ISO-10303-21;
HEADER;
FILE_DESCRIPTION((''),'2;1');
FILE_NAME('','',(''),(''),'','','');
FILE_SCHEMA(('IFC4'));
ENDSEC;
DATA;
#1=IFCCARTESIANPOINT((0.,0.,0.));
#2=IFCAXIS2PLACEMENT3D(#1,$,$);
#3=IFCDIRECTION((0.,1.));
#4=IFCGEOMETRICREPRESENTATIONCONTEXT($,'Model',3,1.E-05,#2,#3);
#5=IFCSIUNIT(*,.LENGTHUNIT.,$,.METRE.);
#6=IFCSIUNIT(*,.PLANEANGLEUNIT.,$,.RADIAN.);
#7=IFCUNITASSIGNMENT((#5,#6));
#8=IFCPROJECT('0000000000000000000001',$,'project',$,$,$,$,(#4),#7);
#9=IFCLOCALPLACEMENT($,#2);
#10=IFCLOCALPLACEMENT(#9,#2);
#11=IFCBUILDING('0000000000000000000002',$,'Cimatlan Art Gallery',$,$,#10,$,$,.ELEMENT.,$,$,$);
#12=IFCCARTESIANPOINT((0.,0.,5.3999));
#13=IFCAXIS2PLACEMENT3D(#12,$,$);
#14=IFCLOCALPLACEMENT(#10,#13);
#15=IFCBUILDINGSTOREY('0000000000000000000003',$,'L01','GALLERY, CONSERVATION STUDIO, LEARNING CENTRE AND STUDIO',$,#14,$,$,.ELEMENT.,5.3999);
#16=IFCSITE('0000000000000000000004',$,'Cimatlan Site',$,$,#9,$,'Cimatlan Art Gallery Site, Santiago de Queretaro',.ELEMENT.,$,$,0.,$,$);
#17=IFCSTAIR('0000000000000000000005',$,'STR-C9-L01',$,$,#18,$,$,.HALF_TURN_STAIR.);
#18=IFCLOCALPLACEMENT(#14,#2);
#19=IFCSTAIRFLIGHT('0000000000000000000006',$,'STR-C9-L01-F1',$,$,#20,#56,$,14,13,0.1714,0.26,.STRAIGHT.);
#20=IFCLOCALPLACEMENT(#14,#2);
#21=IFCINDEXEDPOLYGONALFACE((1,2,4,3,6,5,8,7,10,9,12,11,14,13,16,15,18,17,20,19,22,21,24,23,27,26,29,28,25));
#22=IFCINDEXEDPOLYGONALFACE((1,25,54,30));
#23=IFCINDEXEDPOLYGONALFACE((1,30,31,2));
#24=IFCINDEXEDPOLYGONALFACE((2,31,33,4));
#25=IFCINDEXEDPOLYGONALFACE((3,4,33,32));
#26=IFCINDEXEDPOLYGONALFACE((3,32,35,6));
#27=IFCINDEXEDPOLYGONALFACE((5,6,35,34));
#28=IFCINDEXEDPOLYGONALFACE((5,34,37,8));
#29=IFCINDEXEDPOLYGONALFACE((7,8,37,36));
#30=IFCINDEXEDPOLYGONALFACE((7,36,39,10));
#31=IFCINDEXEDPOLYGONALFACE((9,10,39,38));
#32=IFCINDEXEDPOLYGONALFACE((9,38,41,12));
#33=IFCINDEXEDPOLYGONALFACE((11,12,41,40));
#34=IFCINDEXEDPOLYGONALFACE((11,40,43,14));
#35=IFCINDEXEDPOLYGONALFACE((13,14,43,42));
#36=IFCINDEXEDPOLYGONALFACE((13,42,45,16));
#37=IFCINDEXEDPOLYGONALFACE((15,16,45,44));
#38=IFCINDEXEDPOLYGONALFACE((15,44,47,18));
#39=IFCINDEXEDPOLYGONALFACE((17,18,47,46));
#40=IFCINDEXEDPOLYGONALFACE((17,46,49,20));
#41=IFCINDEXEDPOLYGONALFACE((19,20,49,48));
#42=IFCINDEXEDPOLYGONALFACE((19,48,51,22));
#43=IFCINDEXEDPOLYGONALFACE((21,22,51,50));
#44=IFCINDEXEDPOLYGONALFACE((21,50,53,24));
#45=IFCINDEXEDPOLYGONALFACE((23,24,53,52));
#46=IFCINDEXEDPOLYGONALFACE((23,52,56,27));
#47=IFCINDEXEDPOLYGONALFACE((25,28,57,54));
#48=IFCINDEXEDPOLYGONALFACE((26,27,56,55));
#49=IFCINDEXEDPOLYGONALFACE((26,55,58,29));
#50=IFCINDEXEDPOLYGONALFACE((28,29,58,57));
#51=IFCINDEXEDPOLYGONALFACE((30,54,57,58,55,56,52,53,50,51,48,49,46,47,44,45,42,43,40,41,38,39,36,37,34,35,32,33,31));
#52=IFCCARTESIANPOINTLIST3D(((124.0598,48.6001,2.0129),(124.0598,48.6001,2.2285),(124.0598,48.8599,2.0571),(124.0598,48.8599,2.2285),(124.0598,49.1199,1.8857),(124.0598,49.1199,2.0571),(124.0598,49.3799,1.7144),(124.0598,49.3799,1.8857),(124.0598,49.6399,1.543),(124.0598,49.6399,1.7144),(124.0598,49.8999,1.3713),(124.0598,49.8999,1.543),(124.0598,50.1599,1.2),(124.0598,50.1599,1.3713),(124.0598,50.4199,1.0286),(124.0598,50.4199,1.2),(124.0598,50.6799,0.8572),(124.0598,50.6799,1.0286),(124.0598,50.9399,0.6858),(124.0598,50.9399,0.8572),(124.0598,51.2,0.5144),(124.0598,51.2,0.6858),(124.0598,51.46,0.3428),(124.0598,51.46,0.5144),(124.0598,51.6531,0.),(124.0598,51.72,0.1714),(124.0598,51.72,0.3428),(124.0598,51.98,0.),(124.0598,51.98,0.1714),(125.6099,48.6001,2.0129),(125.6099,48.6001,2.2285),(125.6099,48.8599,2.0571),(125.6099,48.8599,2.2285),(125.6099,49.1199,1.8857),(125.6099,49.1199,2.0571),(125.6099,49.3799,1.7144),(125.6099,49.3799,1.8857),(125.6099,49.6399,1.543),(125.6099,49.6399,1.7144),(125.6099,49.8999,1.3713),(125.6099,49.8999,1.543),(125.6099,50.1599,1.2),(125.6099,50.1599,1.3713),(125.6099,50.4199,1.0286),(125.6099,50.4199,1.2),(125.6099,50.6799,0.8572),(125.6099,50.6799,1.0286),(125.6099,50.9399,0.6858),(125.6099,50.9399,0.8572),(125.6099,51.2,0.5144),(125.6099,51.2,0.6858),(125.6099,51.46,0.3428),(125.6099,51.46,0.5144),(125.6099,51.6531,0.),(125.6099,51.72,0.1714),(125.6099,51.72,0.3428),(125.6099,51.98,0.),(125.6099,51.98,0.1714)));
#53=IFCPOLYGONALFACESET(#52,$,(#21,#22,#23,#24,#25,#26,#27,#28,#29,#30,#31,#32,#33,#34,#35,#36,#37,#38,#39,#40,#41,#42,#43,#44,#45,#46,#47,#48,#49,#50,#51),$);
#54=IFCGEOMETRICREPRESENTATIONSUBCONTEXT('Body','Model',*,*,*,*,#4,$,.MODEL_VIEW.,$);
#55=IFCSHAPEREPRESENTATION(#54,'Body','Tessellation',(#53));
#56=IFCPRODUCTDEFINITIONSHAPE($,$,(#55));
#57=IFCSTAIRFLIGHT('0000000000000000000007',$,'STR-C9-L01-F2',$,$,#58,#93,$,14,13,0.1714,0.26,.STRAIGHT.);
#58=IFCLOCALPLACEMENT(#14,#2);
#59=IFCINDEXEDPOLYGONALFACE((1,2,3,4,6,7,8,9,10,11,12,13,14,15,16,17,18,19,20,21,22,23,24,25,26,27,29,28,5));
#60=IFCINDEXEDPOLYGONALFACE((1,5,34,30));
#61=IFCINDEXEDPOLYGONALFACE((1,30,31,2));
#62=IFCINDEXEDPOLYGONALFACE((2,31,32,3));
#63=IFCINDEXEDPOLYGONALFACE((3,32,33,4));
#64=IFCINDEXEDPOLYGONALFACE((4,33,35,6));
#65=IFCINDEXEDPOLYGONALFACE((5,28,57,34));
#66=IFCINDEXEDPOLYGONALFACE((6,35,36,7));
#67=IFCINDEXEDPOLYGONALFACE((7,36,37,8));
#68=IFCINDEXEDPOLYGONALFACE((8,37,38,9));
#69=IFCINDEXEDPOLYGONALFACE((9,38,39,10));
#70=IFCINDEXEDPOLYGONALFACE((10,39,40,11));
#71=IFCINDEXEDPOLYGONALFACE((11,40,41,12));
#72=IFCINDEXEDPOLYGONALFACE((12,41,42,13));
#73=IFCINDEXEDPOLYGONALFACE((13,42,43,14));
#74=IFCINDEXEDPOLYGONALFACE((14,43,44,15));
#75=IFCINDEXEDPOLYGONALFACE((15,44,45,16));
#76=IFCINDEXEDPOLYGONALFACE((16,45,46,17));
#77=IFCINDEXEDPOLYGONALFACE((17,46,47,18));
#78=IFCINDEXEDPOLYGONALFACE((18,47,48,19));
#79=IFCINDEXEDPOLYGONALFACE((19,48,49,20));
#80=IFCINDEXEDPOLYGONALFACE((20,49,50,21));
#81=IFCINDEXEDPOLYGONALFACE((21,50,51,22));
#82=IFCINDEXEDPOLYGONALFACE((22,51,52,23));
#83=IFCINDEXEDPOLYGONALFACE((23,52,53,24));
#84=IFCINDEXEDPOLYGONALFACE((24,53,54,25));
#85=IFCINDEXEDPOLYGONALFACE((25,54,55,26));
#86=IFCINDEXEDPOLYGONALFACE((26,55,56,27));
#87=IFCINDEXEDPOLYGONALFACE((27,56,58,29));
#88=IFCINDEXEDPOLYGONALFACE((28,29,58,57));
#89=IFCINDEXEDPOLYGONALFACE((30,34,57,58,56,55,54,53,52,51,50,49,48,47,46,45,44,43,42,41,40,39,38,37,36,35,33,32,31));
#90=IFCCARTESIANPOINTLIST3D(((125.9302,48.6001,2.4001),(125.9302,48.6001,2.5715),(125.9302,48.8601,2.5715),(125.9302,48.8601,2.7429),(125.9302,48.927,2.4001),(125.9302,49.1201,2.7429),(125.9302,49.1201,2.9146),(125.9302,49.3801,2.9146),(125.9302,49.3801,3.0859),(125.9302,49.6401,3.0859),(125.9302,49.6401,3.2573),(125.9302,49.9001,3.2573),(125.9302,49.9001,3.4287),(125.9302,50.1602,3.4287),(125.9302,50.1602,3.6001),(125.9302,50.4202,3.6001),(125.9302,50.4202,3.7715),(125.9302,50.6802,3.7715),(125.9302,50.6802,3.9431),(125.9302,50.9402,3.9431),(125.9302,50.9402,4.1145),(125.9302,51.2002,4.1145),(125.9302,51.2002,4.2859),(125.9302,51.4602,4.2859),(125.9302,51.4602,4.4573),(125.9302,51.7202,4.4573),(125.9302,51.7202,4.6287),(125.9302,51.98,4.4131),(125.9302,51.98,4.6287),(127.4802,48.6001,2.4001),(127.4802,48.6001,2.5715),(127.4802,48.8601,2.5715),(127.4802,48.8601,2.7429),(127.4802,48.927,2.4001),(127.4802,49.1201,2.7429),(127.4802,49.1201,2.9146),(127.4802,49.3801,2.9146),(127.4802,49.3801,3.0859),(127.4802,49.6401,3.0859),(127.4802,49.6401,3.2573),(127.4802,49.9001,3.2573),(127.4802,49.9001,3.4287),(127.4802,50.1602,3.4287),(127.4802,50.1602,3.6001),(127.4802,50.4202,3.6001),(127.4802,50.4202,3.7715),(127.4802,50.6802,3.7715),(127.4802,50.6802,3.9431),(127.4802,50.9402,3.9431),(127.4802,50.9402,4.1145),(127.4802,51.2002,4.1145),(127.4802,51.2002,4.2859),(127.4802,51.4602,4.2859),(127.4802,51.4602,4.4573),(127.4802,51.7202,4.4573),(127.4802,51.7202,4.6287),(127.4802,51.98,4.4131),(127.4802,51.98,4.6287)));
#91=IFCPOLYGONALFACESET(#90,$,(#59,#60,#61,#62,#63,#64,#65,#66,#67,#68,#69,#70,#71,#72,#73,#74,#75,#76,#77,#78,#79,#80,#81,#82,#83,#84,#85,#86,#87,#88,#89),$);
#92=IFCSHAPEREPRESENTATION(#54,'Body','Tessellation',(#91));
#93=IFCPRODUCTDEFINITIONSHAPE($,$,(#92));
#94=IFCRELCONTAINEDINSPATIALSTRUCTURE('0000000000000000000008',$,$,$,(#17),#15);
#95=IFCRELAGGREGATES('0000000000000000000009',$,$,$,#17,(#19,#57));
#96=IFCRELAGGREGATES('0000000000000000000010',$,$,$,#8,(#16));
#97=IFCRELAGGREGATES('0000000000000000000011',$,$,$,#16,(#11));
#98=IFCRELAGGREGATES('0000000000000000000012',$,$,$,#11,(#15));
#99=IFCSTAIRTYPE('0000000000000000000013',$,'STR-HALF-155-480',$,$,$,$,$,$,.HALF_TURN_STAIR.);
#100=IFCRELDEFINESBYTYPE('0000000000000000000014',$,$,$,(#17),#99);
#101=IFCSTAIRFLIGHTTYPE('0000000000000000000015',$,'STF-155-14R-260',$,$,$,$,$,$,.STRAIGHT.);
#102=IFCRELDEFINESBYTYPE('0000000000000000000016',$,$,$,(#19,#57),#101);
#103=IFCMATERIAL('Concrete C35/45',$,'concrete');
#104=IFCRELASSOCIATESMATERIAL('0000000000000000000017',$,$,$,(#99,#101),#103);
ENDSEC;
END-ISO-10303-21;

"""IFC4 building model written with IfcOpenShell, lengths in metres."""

from ifc_helpers import new_model, si_unit, direction, frame, origin, place, context, subcontext, project, spatial, polyline, outline, extrude, material, type_object, element, aggregate, save


model = new_model("IFC4")

# Units and contexts
model_context = context("Model", 3, precision=1e-05, world=origin(), true_north=direction((0.0, 1.0)))
body_context = subcontext(model_context, "Body", "Model", "MODEL_VIEW")
ifc_project = project(units=[si_unit("LENGTHUNIT", "METRE"), si_unit("PLANEANGLEUNIT", "RADIAN")], contexts=[model_context])

# Site, building, storey
site_placement = place(None, origin())
site = spatial("IfcSite", under=ifc_project, at=site_placement, Name="Cimatlan Site", LongName="Cimatlan Art Gallery Site, Santiago de Queretaro", CompositionType="ELEMENT", RefElevation=0.0)
building_placement = place(site_placement, origin())
building = spatial("IfcBuilding", under=site, at=building_placement, Name="Cimatlan Art Gallery", CompositionType="ELEMENT")
storey_placement = place(building_placement, frame((0.0, 0.0, 5.3999)))
storey = spatial("IfcBuildingStorey", under=building, at=storey_placement, Name="L01", Description="GALLERY, CONSERVATION STUDIO, LEARNING CENTRE AND STUDIO", CompositionType="ELEMENT", Elevation=5.3999)

# Stair, stair flights
ifc_material_1 = material(Name="Concrete C35/45", Category="concrete")
stair_type = type_object("IfcStairType", Name="STR-HALF-155-480", PredefinedType="HALF_TURN_STAIR", material=ifc_material_1)
stair_placement = place(storey_placement, origin())
stair = element("IfcStair", 1, at=stair_placement, inside=storey, type_object=stair_type, Name="STR-C9-L01", PredefinedType="HALF_TURN_STAIR")
stair_flight_type = type_object("IfcStairFlightType", Name="STF-155-14R-260", PredefinedType="STRAIGHT", material=ifc_material_1)
stair_flight_1_placement = place(storey_placement, frame((124.835, 51.98, 0.0), z_axis=(0.0, 0.0, 1.0), x_axis=(0.0, -1.0, 0.0)))
stair_flight_1 = element("IfcStairFlight", 2, at=stair_flight_1_placement, type_object=stair_flight_type, Name="STR-C9-L01-F1", NumberOfRisers=14, NumberOfTreads=13, PredefinedType="STRAIGHT", RiserHeight=0.1714, TreadLength=0.26, context=body_context, shape_type="SweptSolid", body=[
    extrude(outline(polyline([(0.0, 0.0), (0.0, 0.1714), (0.26, 0.1714), (0.26, 0.3428), (0.52, 0.3428), (0.52, 0.5144), (0.78, 0.5144), (0.78, 0.6858), (1.04, 0.6858), (1.04, 0.8572), (1.3, 0.8572), (1.3, 1.0286), (1.5601, 1.0286), (1.5601, 1.2), (1.8201, 1.2), (1.8201, 1.3713), (2.0801, 1.3713), (2.0801, 1.543), (2.3401, 1.543), (2.3401, 1.7144), (2.6001, 1.7144), (2.6001, 1.8857), (2.8601, 1.8857), (2.8601, 2.0571), (3.1201, 2.0571), (3.1201, 2.2285), (3.3799, 2.2285), (3.3799, 2.3999), (3.3799, 2.0129), (0.3269, 0.0), (0.0, 0.0)])), frame((0.0, 0.7749, 0.0), z_axis=(0.0, -1.0, 0.0), x_axis=(1.0, 0.0, 0.0)), (0.0, 0.0, 1.0), 1.55),
])
stair_flight_2_placement = place(storey_placement, frame((126.7051, 48.6001, 2.4001), z_axis=(0.0, 0.0, 1.0), x_axis=(0.0, 1.0, 0.0)))
stair_flight_2 = element("IfcStairFlight", 3, at=stair_flight_2_placement, type_object=stair_flight_type, Name="STR-C9-L01-F2", NumberOfRisers=14, NumberOfTreads=13, PredefinedType="STRAIGHT", RiserHeight=0.1714, TreadLength=0.26, context=body_context, shape_type="SweptSolid", body=[
    extrude(outline(polyline([(0.0, 0.0), (0.0, 0.1714), (0.26, 0.1714), (0.26, 0.3428), (0.52, 0.3428), (0.52, 0.5144), (0.78, 0.5144), (0.78, 0.6858), (1.04, 0.6858), (1.04, 0.8572), (1.3, 0.8572), (1.3, 1.0286), (1.5601, 1.0286), (1.5601, 1.2), (1.8201, 1.2), (1.8201, 1.3713), (2.0801, 1.3713), (2.0801, 1.543), (2.3401, 1.543), (2.3401, 1.7144), (2.6001, 1.7144), (2.6001, 1.8857), (2.8601, 1.8857), (2.8601, 2.0571), (3.1201, 2.0571), (3.1201, 2.2285), (3.3799, 2.2285), (3.3799, 2.3999), (3.3799, 2.0129), (0.3269, 0.0), (0.0, 0.0)])), frame((0.0, 0.7749, 0.0), z_axis=(0.0, -1.0, 0.0), x_axis=(1.0, 0.0, 0.0)), (0.0, 0.0, 1.0), 1.55),
])
aggregate(stair, [stair_flight_1, stair_flight_2])

save(model, "model.ifc")
